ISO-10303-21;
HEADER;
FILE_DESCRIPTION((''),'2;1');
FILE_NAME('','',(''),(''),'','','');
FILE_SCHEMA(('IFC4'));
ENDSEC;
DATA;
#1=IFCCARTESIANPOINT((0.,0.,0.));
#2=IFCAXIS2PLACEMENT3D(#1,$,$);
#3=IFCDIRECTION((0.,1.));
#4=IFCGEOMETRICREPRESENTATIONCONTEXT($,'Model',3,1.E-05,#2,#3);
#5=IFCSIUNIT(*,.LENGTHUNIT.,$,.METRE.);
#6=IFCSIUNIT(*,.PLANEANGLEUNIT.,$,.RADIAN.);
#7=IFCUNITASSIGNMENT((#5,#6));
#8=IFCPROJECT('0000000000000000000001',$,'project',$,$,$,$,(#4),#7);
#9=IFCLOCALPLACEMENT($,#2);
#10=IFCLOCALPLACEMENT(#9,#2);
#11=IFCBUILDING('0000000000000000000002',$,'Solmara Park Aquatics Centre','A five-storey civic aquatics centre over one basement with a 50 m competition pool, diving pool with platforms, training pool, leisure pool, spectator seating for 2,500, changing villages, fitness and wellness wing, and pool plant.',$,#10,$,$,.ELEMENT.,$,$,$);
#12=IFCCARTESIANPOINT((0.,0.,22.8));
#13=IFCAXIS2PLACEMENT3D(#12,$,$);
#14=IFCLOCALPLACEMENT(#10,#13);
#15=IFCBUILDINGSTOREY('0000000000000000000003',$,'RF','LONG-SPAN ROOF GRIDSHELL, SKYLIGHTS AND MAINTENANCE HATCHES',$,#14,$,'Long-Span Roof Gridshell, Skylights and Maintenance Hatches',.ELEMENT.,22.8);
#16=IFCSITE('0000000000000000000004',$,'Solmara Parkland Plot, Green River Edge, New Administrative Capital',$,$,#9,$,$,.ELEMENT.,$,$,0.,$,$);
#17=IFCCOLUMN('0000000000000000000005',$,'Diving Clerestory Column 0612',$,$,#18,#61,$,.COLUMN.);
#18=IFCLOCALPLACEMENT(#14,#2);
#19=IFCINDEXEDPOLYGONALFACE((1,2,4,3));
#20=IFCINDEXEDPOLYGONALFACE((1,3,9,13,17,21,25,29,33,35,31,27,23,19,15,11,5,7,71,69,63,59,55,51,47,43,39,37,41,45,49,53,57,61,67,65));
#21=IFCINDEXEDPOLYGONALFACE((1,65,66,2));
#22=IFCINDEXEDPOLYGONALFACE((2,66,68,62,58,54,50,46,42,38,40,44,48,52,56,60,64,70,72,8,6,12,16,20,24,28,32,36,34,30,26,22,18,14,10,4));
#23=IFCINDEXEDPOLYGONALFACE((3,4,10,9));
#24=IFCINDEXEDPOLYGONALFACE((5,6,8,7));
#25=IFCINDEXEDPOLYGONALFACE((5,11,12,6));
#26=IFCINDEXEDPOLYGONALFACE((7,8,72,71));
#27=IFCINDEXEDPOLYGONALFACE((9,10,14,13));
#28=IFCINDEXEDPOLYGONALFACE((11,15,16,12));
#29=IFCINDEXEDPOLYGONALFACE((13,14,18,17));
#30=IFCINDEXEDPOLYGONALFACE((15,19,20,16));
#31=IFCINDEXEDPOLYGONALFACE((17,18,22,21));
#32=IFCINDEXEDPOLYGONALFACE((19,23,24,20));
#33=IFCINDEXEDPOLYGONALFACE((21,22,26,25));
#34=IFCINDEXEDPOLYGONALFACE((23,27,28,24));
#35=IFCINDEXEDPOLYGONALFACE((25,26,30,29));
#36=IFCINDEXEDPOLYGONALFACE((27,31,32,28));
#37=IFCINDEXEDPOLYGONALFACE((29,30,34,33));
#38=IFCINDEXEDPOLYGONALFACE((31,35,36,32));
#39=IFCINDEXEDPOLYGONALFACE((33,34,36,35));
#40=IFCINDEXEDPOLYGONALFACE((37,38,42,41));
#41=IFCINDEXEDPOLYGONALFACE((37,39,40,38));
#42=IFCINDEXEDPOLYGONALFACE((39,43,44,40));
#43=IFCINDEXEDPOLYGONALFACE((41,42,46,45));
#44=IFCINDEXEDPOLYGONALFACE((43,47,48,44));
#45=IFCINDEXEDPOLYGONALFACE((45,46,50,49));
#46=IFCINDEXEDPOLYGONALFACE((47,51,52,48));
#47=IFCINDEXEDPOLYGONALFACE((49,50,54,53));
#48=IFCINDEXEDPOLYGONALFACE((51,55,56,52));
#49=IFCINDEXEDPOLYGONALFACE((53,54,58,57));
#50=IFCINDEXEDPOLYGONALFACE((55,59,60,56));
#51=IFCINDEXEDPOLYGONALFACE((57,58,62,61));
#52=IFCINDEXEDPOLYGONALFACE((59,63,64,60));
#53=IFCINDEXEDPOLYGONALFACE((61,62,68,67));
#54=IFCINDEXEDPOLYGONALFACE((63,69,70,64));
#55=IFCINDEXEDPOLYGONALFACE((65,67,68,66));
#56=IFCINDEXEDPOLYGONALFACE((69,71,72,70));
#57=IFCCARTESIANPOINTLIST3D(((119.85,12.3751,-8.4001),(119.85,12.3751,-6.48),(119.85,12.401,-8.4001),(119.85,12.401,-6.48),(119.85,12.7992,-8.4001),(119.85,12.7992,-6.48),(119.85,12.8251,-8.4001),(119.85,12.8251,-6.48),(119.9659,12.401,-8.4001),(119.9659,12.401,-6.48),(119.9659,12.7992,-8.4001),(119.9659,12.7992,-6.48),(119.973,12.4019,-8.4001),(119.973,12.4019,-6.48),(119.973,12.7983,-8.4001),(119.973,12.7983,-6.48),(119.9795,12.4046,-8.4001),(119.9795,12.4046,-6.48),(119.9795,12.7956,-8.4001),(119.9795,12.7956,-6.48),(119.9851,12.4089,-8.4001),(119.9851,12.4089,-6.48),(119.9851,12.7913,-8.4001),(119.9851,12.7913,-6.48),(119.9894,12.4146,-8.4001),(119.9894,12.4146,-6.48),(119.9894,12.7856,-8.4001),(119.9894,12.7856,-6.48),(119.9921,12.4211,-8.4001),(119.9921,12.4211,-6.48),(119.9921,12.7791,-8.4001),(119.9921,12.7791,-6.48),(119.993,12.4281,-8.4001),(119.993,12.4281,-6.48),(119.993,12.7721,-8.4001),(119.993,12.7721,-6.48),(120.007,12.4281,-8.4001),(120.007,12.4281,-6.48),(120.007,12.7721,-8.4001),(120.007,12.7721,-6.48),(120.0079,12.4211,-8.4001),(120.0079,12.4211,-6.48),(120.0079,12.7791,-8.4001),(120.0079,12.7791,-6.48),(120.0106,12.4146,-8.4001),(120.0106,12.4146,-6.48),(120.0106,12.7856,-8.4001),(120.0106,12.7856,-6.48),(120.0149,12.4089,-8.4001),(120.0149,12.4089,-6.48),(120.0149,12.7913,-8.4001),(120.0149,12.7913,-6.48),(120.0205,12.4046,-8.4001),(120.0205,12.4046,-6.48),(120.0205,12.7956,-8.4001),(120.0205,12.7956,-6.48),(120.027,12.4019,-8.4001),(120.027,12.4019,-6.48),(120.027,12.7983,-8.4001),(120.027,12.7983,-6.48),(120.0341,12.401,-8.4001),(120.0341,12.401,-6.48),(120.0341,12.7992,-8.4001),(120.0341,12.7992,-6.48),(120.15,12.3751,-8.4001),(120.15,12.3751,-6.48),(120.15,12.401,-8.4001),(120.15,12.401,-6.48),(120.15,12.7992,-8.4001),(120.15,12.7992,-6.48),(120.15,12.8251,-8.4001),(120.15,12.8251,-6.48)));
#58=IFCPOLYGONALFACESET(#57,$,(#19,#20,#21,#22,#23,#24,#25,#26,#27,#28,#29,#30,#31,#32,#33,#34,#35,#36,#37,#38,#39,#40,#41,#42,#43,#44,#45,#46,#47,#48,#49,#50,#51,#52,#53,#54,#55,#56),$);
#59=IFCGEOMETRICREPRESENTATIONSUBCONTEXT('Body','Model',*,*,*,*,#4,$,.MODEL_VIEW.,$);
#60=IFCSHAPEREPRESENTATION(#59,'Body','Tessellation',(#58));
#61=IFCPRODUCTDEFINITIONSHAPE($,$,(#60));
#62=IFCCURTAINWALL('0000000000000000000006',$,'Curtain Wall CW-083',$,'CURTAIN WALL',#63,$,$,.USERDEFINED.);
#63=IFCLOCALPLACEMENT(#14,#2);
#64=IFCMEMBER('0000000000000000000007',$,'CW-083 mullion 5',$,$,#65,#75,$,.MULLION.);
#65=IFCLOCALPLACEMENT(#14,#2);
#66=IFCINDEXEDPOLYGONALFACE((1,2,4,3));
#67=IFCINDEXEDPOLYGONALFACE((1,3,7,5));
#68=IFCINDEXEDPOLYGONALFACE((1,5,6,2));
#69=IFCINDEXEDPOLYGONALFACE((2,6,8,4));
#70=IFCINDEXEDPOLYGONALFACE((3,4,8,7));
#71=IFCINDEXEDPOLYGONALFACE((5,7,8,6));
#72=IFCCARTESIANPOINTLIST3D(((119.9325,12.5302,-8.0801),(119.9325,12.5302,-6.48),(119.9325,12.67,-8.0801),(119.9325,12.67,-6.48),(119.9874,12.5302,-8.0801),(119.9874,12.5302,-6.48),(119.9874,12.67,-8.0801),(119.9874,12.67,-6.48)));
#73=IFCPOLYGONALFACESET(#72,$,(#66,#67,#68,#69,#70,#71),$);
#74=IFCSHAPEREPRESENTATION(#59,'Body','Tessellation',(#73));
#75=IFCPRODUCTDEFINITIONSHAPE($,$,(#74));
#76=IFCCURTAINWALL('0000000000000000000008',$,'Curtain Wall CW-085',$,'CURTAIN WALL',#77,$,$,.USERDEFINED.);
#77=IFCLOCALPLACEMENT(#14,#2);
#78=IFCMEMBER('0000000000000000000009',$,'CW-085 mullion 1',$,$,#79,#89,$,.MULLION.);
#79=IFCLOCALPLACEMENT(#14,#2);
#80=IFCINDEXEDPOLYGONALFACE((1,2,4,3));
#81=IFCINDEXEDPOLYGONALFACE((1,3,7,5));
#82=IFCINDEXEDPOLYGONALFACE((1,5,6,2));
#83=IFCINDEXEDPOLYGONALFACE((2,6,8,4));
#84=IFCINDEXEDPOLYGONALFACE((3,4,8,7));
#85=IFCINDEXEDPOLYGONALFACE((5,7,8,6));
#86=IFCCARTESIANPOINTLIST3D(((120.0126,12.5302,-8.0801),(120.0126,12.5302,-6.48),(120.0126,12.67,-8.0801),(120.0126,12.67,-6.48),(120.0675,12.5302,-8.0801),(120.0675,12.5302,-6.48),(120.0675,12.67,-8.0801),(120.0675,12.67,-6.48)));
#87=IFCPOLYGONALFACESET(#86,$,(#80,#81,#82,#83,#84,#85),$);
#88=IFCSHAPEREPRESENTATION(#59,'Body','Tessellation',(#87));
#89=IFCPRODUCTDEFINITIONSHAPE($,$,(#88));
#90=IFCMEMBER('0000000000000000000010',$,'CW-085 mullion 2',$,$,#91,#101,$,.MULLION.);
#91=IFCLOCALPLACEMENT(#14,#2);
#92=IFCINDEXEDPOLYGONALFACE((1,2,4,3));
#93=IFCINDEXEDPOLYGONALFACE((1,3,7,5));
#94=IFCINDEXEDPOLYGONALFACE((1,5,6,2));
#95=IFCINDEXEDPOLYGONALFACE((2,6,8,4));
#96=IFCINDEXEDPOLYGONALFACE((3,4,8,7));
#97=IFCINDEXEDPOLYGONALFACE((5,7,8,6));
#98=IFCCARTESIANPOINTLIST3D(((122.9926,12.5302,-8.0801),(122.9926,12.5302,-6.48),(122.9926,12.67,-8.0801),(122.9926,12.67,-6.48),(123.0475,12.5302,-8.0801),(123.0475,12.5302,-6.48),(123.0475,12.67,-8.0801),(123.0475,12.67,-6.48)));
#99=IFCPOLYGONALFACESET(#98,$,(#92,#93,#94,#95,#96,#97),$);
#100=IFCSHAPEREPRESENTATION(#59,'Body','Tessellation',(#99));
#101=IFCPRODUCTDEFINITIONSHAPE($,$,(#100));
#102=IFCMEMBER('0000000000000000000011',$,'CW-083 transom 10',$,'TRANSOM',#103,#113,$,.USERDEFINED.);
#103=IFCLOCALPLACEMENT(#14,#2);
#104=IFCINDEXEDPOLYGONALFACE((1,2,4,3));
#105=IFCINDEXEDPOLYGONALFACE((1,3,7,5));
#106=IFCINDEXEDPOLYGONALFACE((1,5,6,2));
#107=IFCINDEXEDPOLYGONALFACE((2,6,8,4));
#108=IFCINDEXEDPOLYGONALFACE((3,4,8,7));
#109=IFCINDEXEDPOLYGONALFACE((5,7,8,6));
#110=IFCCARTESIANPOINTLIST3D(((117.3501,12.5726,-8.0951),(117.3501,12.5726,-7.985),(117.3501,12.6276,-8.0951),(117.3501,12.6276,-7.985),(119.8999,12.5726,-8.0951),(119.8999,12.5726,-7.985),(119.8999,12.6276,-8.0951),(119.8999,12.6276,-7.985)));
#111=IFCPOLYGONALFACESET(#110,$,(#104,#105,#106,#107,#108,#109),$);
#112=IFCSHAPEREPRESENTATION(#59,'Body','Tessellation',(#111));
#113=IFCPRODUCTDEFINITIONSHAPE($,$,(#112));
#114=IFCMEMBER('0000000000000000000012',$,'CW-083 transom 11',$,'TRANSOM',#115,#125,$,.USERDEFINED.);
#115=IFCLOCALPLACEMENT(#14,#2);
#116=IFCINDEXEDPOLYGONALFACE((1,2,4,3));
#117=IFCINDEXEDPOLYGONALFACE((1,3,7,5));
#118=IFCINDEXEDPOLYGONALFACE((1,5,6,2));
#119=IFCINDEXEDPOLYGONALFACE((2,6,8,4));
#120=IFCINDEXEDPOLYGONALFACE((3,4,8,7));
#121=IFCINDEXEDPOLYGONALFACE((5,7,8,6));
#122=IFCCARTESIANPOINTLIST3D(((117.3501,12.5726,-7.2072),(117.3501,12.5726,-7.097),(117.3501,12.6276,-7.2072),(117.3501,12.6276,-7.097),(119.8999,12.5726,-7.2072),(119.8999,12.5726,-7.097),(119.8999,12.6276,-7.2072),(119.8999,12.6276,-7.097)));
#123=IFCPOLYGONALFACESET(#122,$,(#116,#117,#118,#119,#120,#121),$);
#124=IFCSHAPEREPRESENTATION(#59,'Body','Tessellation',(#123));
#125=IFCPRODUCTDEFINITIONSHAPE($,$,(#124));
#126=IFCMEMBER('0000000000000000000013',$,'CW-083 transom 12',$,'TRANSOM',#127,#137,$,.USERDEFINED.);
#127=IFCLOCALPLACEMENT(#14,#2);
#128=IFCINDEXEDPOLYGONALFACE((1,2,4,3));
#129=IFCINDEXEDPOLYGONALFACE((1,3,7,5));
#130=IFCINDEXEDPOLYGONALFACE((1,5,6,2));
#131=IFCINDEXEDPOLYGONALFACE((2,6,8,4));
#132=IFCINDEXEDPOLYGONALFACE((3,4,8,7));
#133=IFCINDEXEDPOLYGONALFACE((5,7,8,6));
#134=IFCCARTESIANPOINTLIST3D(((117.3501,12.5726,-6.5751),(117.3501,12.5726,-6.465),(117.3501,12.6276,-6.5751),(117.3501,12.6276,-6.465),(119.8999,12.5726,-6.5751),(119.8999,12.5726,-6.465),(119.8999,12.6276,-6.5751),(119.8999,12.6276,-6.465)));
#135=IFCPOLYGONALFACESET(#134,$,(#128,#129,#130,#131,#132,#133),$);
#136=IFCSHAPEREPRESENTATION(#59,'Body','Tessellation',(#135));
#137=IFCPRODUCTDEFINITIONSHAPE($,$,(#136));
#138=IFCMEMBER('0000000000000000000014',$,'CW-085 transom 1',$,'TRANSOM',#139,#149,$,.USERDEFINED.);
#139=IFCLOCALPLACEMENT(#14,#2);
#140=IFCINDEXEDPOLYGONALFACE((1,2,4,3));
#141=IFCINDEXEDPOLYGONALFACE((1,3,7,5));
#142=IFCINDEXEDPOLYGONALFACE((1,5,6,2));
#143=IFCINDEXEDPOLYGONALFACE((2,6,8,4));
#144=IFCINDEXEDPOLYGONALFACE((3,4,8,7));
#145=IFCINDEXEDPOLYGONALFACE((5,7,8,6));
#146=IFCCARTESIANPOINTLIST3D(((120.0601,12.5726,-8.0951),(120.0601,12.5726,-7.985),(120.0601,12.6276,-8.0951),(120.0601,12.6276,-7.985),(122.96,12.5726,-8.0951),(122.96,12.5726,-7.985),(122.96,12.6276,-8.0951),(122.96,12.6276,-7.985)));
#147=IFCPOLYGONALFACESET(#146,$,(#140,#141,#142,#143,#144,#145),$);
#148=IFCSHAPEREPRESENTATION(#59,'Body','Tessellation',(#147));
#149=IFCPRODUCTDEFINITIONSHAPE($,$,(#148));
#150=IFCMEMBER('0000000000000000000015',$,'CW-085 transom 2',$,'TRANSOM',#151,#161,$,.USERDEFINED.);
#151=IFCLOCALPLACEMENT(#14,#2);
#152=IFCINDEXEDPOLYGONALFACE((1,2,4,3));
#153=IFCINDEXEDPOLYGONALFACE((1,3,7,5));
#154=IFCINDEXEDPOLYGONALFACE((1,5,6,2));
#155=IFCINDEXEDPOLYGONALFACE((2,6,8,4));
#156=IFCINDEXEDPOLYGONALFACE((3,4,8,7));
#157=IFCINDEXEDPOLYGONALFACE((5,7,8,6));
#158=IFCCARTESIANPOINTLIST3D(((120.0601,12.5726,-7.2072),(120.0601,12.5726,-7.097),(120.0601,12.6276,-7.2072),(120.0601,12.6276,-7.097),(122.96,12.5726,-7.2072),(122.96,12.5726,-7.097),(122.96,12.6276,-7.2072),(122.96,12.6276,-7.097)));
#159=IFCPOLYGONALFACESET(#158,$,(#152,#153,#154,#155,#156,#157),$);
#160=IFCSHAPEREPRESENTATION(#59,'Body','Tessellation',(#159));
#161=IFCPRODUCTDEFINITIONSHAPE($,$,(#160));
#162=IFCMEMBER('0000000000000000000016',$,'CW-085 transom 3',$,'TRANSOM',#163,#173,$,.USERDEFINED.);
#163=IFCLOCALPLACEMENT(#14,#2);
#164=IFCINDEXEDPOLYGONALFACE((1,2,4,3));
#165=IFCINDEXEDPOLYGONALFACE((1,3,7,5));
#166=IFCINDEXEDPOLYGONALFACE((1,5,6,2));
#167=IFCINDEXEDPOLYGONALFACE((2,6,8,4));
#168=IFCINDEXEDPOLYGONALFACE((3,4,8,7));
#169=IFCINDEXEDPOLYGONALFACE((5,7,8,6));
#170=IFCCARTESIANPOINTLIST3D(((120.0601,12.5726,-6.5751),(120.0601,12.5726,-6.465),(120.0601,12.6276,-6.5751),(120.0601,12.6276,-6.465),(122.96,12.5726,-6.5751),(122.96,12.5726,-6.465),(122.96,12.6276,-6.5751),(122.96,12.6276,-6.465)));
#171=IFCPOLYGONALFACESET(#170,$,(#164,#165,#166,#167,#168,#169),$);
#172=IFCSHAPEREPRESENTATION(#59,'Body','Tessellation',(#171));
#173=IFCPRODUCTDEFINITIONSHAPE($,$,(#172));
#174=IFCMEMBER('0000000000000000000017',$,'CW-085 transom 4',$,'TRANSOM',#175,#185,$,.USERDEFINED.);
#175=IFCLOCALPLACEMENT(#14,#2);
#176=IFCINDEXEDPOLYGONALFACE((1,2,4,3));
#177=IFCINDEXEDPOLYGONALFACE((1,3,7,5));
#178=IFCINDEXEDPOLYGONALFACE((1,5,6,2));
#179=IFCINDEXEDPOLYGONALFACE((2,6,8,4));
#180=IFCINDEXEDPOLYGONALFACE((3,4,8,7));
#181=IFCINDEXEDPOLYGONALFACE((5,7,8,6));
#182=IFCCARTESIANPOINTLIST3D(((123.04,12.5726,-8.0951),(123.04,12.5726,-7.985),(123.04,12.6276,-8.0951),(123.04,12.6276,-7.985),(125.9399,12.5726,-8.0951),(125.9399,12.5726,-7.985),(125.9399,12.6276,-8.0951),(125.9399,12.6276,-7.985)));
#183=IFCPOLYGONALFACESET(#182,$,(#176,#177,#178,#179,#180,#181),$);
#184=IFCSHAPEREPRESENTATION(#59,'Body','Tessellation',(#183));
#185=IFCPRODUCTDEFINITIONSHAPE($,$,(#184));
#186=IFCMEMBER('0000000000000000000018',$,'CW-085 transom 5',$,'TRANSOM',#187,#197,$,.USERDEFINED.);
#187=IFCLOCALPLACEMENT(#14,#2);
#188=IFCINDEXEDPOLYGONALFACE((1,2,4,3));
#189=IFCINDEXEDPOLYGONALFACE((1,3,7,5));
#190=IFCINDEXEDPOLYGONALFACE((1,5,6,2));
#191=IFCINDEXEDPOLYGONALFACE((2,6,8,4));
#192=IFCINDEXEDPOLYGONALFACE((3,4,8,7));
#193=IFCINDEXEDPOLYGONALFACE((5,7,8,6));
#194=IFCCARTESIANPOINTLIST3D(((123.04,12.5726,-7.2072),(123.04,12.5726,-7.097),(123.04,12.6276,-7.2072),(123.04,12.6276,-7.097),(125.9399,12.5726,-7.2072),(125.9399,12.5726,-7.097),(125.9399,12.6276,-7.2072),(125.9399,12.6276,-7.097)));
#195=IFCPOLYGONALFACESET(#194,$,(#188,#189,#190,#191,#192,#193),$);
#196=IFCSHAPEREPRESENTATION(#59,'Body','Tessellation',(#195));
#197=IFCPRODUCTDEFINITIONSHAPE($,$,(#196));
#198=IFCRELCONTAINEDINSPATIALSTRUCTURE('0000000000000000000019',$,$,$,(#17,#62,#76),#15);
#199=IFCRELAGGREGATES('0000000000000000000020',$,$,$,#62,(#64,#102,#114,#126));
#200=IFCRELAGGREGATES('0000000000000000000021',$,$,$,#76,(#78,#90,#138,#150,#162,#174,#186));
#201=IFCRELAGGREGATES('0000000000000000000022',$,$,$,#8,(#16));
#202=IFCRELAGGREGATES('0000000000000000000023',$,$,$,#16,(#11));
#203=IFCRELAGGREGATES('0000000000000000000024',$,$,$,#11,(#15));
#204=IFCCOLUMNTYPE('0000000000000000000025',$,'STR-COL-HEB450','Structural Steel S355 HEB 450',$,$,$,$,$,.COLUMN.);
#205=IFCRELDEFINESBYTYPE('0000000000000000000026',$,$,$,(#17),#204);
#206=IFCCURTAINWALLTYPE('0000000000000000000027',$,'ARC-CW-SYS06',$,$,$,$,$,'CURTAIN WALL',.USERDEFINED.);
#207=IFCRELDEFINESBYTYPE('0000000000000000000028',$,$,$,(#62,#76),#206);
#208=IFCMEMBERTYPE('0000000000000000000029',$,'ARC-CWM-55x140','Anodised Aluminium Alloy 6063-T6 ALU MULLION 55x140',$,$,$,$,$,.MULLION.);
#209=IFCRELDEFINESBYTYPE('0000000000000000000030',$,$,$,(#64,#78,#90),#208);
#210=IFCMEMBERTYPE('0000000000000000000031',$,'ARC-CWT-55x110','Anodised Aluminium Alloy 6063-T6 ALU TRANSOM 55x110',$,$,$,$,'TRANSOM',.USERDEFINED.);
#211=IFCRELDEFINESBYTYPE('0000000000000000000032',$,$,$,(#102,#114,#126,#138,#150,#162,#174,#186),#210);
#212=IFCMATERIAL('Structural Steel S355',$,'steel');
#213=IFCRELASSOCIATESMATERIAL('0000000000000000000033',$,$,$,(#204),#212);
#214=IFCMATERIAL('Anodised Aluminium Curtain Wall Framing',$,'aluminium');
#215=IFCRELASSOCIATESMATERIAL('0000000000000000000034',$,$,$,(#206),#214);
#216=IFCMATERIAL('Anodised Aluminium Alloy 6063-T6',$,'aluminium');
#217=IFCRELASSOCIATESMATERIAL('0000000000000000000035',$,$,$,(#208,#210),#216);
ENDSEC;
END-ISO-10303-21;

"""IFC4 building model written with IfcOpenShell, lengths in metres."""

from ifc_helpers import new_model, si_unit, direction, frame, origin, origin_2d, place, context, subcontext, project, spatial, rectangle, i_section, extrude, material, material_profile, profile_set, type_object, element, aggregate, save


model = new_model("IFC4")

# Units and contexts
model_context = context("Model", 3, precision=1e-05, world=origin(), true_north=direction((0.0, 1.0)))
body_context = subcontext(model_context, "Body", "Model", "MODEL_VIEW")
ifc_project = project(units=[si_unit("LENGTHUNIT", "METRE"), si_unit("PLANEANGLEUNIT", "RADIAN")], contexts=[model_context])

# Site, building, storey
site_placement = place(None, origin())
site = spatial("IfcSite", under=ifc_project, at=site_placement, Name="Solmara Parkland Plot, Green River Edge, New Administrative Capital", CompositionType="ELEMENT", RefElevation=0.0)
building_placement = place(site_placement, origin())
building = spatial("IfcBuilding", under=site, at=building_placement, Name="Solmara Park Aquatics Centre", Description="A five-storey civic aquatics centre over one basement with a 50 m competition pool, diving pool with platforms, training pool, leisure pool, spectator seating for 2,500, changing villages, fitness and wellness wing, and pool plant.", CompositionType="ELEMENT")
storey_placement = place(building_placement, frame((0.0, 0.0, 22.8)))
storey = spatial("IfcBuildingStorey", under=building, at=storey_placement, Name="RF", Description="LONG-SPAN ROOF GRIDSHELL, SKYLIGHTS AND MAINTENANCE HATCHES", LongName="Long-Span Roof Gridshell, Skylights and Maintenance Hatches", CompositionType="ELEMENT", Elevation=22.8)

# Column
ifc_material_1 = material(Name="Structural Steel S355", Category="steel")
ifc_material_profile_1 = material_profile(ifc_material_1, i_section(OverallWidth=0.3, OverallDepth=0.45, WebThickness=0.0139, FlangeThickness=0.0259, FilletRadius=0.0271, at=origin_2d()), Name="HEB 450")
ifc_profile_set_1 = profile_set([ifc_material_profile_1], Name="Structural Steel S355")
column_type = type_object("IfcColumnType", Name="STR-COL-HEB450", Description="Structural Steel S355 HEB 450", PredefinedType="COLUMN", material=ifc_profile_set_1)
column_placement = place(storey_placement, frame((120.0, 12.6001, -8.4001), z_axis=(0.0, 0.0, 1.0), x_axis=(1.0, 0.0, 0.0)))
element("IfcColumn", 1, at=column_placement, inside=storey, type_object=column_type, Name="Diving Clerestory Column 0612", PredefinedType="COLUMN", context=body_context, shape_type="SweptSolid", body=[
    extrude(i_section(OverallWidth=0.3, OverallDepth=0.45, WebThickness=0.0139, FlangeThickness=0.0259, FilletRadius=0.0271, at=origin_2d()), origin(), (0.0, 0.0, 1.0), 1.9202),
])

# Curtain wall, member
ifc_material_2 = material(Name="Anodised Aluminium Curtain Wall Framing", Category="aluminium")
curtain_wall_type = type_object("IfcCurtainWallType", Name="ARC-CW-SYS06", ElementType="CURTAIN WALL", PredefinedType="USERDEFINED", material=ifc_material_2)
curtain_wall_1_placement = place(storey_placement, origin())
curtain_wall_1 = element("IfcCurtainWall", 2, at=curtain_wall_1_placement, inside=storey, type_object=curtain_wall_type, Name="Curtain Wall CW-083", ObjectType="CURTAIN WALL", PredefinedType="USERDEFINED")
ifc_material_3 = material(Name="Anodised Aluminium Alloy 6063-T6", Category="aluminium")
ifc_material_profile_2 = material_profile(ifc_material_3, rectangle(XDim=0.0549, YDim=0.1399, at=origin_2d()), Name="ALU MULLION 55x140")
ifc_profile_set_2 = profile_set([ifc_material_profile_2], Name="Anodised Aluminium Alloy 6063-T6")
member_type_1 = type_object("IfcMemberType", Name="ARC-CWM-55x140", Description="Anodised Aluminium Alloy 6063-T6 ALU MULLION 55x140", PredefinedType="MULLION", material=ifc_profile_set_2)
member_1_placement = place(storey_placement, frame((119.96, 12.6001, -8.0801), z_axis=(0.0, 0.0, 1.0), x_axis=(1.0, 0.0, 0.0)))
member_1 = element("IfcMember", 3, at=member_1_placement, type_object=member_type_1, Name="CW-083 mullion 5", PredefinedType="MULLION", context=body_context, shape_type="SweptSolid", body=[
    extrude(rectangle(XDim=0.0549, YDim=0.1399, at=origin_2d()), origin(), (0.0, 0.0, 1.0), 1.6001),
])

# Curtain wall, members
curtain_wall_2_placement = place(storey_placement, origin())
curtain_wall_2 = element("IfcCurtainWall", 4, at=curtain_wall_2_placement, inside=storey, type_object=curtain_wall_type, Name="Curtain Wall CW-085", ObjectType="CURTAIN WALL", PredefinedType="USERDEFINED")
member_2_placement = place(storey_placement, frame((120.04, 12.6001, -8.0801), z_axis=(0.0, 0.0, 1.0), x_axis=(1.0, 0.0, 0.0)))
member_2 = element("IfcMember", 5, at=member_2_placement, type_object=member_type_1, Name="CW-085 mullion 1", PredefinedType="MULLION", context=body_context, shape_type="SweptSolid", body=[
    extrude(rectangle(XDim=0.0549, YDim=0.1399, at=origin_2d()), origin(), (0.0, 0.0, 1.0), 1.6001),
])
member_3_placement = place(storey_placement, frame((123.02, 12.6001, -8.0801), z_axis=(0.0, 0.0, 1.0), x_axis=(1.0, 0.0, 0.0)))
member_3 = element("IfcMember", 6, at=member_3_placement, type_object=member_type_1, Name="CW-085 mullion 2", PredefinedType="MULLION", context=body_context, shape_type="SweptSolid", body=[
    extrude(rectangle(XDim=0.0549, YDim=0.1399, at=origin_2d()), origin(), (0.0, 0.0, 1.0), 1.6001),
])

# Members
ifc_material_profile_3 = material_profile(ifc_material_3, rectangle(XDim=0.0549, YDim=0.1101, at=origin_2d()), Name="ALU TRANSOM 55x110")
ifc_profile_set_3 = profile_set([ifc_material_profile_3], Name="Anodised Aluminium Alloy 6063-T6")
member_type_2 = type_object("IfcMemberType", Name="ARC-CWT-55x110", Description="Anodised Aluminium Alloy 6063-T6 ALU TRANSOM 55x110", ElementType="TRANSOM", PredefinedType="USERDEFINED", material=ifc_profile_set_3)
member_4_placement = place(storey_placement, frame((117.3501, 12.6001, -8.04), z_axis=(1.0, 0.0, 0.0), x_axis=(0.0, 1.0, 0.0)))
member_4 = element("IfcMember", 7, at=member_4_placement, type_object=member_type_2, Name="CW-083 transom 10", ObjectType="TRANSOM", PredefinedType="USERDEFINED", context=body_context, shape_type="SweptSolid", body=[
    extrude(rectangle(XDim=0.0549, YDim=0.1101, at=origin_2d()), origin(), (0.0, 0.0, 1.0), 2.5498),
])
member_5_placement = place(storey_placement, frame((117.3501, 12.6001, -7.1521), z_axis=(1.0, 0.0, 0.0), x_axis=(0.0, 1.0, 0.0)))
member_5 = element("IfcMember", 8, at=member_5_placement, type_object=member_type_2, Name="CW-083 transom 11", ObjectType="TRANSOM", PredefinedType="USERDEFINED", context=body_context, shape_type="SweptSolid", body=[
    extrude(rectangle(XDim=0.0549, YDim=0.1101, at=origin_2d()), origin(), (0.0, 0.0, 1.0), 2.5498),
])
member_6_placement = place(storey_placement, frame((117.3501, 12.6001, -6.52), z_axis=(1.0, 0.0, 0.0), x_axis=(0.0, 1.0, 0.0)))
member_6 = element("IfcMember", 9, at=member_6_placement, type_object=member_type_2, Name="CW-083 transom 12", ObjectType="TRANSOM", PredefinedType="USERDEFINED", context=body_context, shape_type="SweptSolid", body=[
    extrude(rectangle(XDim=0.0549, YDim=0.1101, at=origin_2d()), origin(), (0.0, 0.0, 1.0), 2.5498),
])
member_7_placement = place(storey_placement, frame((120.0601, 12.6001, -8.04), z_axis=(1.0, 0.0, 0.0), x_axis=(0.0, 1.0, 0.0)))
member_7 = element("IfcMember", 10, at=member_7_placement, type_object=member_type_2, Name="CW-085 transom 1", ObjectType="TRANSOM", PredefinedType="USERDEFINED", context=body_context, shape_type="SweptSolid", body=[
    extrude(rectangle(XDim=0.0549, YDim=0.1101, at=origin_2d()), origin(), (0.0, 0.0, 1.0), 2.8999),
])
member_8_placement = place(storey_placement, frame((120.0601, 12.6001, -7.1521), z_axis=(1.0, 0.0, 0.0), x_axis=(0.0, 1.0, 0.0)))
member_8 = element("IfcMember", 11, at=member_8_placement, type_object=member_type_2, Name="CW-085 transom 2", ObjectType="TRANSOM", PredefinedType="USERDEFINED", context=body_context, shape_type="SweptSolid", body=[
    extrude(rectangle(XDim=0.0549, YDim=0.1101, at=origin_2d()), origin(), (0.0, 0.0, 1.0), 2.8999),
])
member_9_placement = place(storey_placement, frame((120.0601, 12.6001, -6.52), z_axis=(1.0, 0.0, 0.0), x_axis=(0.0, 1.0, 0.0)))
member_9 = element("IfcMember", 12, at=member_9_placement, type_object=member_type_2, Name="CW-085 transom 3", ObjectType="TRANSOM", PredefinedType="USERDEFINED", context=body_context, shape_type="SweptSolid", body=[
    extrude(rectangle(XDim=0.0549, YDim=0.1101, at=origin_2d()), origin(), (0.0, 0.0, 1.0), 2.8999),
])
member_10_placement = place(storey_placement, frame((123.04, 12.6001, -8.04), z_axis=(1.0, 0.0, 0.0), x_axis=(0.0, 1.0, 0.0)))
member_10 = element("IfcMember", 13, at=member_10_placement, type_object=member_type_2, Name="CW-085 transom 4", ObjectType="TRANSOM", PredefinedType="USERDEFINED", context=body_context, shape_type="SweptSolid", body=[
    extrude(rectangle(XDim=0.0549, YDim=0.1101, at=origin_2d()), origin(), (0.0, 0.0, 1.0), 2.8999),
])
member_11_placement = place(storey_placement, frame((123.04, 12.6001, -7.1521), z_axis=(1.0, 0.0, 0.0), x_axis=(0.0, 1.0, 0.0)))
member_11 = element("IfcMember", 14, at=member_11_placement, type_object=member_type_2, Name="CW-085 transom 5", ObjectType="TRANSOM", PredefinedType="USERDEFINED", context=body_context, shape_type="SweptSolid", body=[
    extrude(rectangle(XDim=0.0549, YDim=0.1101, at=origin_2d()), origin(), (0.0, 0.0, 1.0), 2.8999),
])

aggregate(curtain_wall_1, [member_1, member_4, member_5, member_6])
aggregate(curtain_wall_2, [member_2, member_3, member_7, member_8, member_9, member_10, member_11])

save(model, "model.ifc")
